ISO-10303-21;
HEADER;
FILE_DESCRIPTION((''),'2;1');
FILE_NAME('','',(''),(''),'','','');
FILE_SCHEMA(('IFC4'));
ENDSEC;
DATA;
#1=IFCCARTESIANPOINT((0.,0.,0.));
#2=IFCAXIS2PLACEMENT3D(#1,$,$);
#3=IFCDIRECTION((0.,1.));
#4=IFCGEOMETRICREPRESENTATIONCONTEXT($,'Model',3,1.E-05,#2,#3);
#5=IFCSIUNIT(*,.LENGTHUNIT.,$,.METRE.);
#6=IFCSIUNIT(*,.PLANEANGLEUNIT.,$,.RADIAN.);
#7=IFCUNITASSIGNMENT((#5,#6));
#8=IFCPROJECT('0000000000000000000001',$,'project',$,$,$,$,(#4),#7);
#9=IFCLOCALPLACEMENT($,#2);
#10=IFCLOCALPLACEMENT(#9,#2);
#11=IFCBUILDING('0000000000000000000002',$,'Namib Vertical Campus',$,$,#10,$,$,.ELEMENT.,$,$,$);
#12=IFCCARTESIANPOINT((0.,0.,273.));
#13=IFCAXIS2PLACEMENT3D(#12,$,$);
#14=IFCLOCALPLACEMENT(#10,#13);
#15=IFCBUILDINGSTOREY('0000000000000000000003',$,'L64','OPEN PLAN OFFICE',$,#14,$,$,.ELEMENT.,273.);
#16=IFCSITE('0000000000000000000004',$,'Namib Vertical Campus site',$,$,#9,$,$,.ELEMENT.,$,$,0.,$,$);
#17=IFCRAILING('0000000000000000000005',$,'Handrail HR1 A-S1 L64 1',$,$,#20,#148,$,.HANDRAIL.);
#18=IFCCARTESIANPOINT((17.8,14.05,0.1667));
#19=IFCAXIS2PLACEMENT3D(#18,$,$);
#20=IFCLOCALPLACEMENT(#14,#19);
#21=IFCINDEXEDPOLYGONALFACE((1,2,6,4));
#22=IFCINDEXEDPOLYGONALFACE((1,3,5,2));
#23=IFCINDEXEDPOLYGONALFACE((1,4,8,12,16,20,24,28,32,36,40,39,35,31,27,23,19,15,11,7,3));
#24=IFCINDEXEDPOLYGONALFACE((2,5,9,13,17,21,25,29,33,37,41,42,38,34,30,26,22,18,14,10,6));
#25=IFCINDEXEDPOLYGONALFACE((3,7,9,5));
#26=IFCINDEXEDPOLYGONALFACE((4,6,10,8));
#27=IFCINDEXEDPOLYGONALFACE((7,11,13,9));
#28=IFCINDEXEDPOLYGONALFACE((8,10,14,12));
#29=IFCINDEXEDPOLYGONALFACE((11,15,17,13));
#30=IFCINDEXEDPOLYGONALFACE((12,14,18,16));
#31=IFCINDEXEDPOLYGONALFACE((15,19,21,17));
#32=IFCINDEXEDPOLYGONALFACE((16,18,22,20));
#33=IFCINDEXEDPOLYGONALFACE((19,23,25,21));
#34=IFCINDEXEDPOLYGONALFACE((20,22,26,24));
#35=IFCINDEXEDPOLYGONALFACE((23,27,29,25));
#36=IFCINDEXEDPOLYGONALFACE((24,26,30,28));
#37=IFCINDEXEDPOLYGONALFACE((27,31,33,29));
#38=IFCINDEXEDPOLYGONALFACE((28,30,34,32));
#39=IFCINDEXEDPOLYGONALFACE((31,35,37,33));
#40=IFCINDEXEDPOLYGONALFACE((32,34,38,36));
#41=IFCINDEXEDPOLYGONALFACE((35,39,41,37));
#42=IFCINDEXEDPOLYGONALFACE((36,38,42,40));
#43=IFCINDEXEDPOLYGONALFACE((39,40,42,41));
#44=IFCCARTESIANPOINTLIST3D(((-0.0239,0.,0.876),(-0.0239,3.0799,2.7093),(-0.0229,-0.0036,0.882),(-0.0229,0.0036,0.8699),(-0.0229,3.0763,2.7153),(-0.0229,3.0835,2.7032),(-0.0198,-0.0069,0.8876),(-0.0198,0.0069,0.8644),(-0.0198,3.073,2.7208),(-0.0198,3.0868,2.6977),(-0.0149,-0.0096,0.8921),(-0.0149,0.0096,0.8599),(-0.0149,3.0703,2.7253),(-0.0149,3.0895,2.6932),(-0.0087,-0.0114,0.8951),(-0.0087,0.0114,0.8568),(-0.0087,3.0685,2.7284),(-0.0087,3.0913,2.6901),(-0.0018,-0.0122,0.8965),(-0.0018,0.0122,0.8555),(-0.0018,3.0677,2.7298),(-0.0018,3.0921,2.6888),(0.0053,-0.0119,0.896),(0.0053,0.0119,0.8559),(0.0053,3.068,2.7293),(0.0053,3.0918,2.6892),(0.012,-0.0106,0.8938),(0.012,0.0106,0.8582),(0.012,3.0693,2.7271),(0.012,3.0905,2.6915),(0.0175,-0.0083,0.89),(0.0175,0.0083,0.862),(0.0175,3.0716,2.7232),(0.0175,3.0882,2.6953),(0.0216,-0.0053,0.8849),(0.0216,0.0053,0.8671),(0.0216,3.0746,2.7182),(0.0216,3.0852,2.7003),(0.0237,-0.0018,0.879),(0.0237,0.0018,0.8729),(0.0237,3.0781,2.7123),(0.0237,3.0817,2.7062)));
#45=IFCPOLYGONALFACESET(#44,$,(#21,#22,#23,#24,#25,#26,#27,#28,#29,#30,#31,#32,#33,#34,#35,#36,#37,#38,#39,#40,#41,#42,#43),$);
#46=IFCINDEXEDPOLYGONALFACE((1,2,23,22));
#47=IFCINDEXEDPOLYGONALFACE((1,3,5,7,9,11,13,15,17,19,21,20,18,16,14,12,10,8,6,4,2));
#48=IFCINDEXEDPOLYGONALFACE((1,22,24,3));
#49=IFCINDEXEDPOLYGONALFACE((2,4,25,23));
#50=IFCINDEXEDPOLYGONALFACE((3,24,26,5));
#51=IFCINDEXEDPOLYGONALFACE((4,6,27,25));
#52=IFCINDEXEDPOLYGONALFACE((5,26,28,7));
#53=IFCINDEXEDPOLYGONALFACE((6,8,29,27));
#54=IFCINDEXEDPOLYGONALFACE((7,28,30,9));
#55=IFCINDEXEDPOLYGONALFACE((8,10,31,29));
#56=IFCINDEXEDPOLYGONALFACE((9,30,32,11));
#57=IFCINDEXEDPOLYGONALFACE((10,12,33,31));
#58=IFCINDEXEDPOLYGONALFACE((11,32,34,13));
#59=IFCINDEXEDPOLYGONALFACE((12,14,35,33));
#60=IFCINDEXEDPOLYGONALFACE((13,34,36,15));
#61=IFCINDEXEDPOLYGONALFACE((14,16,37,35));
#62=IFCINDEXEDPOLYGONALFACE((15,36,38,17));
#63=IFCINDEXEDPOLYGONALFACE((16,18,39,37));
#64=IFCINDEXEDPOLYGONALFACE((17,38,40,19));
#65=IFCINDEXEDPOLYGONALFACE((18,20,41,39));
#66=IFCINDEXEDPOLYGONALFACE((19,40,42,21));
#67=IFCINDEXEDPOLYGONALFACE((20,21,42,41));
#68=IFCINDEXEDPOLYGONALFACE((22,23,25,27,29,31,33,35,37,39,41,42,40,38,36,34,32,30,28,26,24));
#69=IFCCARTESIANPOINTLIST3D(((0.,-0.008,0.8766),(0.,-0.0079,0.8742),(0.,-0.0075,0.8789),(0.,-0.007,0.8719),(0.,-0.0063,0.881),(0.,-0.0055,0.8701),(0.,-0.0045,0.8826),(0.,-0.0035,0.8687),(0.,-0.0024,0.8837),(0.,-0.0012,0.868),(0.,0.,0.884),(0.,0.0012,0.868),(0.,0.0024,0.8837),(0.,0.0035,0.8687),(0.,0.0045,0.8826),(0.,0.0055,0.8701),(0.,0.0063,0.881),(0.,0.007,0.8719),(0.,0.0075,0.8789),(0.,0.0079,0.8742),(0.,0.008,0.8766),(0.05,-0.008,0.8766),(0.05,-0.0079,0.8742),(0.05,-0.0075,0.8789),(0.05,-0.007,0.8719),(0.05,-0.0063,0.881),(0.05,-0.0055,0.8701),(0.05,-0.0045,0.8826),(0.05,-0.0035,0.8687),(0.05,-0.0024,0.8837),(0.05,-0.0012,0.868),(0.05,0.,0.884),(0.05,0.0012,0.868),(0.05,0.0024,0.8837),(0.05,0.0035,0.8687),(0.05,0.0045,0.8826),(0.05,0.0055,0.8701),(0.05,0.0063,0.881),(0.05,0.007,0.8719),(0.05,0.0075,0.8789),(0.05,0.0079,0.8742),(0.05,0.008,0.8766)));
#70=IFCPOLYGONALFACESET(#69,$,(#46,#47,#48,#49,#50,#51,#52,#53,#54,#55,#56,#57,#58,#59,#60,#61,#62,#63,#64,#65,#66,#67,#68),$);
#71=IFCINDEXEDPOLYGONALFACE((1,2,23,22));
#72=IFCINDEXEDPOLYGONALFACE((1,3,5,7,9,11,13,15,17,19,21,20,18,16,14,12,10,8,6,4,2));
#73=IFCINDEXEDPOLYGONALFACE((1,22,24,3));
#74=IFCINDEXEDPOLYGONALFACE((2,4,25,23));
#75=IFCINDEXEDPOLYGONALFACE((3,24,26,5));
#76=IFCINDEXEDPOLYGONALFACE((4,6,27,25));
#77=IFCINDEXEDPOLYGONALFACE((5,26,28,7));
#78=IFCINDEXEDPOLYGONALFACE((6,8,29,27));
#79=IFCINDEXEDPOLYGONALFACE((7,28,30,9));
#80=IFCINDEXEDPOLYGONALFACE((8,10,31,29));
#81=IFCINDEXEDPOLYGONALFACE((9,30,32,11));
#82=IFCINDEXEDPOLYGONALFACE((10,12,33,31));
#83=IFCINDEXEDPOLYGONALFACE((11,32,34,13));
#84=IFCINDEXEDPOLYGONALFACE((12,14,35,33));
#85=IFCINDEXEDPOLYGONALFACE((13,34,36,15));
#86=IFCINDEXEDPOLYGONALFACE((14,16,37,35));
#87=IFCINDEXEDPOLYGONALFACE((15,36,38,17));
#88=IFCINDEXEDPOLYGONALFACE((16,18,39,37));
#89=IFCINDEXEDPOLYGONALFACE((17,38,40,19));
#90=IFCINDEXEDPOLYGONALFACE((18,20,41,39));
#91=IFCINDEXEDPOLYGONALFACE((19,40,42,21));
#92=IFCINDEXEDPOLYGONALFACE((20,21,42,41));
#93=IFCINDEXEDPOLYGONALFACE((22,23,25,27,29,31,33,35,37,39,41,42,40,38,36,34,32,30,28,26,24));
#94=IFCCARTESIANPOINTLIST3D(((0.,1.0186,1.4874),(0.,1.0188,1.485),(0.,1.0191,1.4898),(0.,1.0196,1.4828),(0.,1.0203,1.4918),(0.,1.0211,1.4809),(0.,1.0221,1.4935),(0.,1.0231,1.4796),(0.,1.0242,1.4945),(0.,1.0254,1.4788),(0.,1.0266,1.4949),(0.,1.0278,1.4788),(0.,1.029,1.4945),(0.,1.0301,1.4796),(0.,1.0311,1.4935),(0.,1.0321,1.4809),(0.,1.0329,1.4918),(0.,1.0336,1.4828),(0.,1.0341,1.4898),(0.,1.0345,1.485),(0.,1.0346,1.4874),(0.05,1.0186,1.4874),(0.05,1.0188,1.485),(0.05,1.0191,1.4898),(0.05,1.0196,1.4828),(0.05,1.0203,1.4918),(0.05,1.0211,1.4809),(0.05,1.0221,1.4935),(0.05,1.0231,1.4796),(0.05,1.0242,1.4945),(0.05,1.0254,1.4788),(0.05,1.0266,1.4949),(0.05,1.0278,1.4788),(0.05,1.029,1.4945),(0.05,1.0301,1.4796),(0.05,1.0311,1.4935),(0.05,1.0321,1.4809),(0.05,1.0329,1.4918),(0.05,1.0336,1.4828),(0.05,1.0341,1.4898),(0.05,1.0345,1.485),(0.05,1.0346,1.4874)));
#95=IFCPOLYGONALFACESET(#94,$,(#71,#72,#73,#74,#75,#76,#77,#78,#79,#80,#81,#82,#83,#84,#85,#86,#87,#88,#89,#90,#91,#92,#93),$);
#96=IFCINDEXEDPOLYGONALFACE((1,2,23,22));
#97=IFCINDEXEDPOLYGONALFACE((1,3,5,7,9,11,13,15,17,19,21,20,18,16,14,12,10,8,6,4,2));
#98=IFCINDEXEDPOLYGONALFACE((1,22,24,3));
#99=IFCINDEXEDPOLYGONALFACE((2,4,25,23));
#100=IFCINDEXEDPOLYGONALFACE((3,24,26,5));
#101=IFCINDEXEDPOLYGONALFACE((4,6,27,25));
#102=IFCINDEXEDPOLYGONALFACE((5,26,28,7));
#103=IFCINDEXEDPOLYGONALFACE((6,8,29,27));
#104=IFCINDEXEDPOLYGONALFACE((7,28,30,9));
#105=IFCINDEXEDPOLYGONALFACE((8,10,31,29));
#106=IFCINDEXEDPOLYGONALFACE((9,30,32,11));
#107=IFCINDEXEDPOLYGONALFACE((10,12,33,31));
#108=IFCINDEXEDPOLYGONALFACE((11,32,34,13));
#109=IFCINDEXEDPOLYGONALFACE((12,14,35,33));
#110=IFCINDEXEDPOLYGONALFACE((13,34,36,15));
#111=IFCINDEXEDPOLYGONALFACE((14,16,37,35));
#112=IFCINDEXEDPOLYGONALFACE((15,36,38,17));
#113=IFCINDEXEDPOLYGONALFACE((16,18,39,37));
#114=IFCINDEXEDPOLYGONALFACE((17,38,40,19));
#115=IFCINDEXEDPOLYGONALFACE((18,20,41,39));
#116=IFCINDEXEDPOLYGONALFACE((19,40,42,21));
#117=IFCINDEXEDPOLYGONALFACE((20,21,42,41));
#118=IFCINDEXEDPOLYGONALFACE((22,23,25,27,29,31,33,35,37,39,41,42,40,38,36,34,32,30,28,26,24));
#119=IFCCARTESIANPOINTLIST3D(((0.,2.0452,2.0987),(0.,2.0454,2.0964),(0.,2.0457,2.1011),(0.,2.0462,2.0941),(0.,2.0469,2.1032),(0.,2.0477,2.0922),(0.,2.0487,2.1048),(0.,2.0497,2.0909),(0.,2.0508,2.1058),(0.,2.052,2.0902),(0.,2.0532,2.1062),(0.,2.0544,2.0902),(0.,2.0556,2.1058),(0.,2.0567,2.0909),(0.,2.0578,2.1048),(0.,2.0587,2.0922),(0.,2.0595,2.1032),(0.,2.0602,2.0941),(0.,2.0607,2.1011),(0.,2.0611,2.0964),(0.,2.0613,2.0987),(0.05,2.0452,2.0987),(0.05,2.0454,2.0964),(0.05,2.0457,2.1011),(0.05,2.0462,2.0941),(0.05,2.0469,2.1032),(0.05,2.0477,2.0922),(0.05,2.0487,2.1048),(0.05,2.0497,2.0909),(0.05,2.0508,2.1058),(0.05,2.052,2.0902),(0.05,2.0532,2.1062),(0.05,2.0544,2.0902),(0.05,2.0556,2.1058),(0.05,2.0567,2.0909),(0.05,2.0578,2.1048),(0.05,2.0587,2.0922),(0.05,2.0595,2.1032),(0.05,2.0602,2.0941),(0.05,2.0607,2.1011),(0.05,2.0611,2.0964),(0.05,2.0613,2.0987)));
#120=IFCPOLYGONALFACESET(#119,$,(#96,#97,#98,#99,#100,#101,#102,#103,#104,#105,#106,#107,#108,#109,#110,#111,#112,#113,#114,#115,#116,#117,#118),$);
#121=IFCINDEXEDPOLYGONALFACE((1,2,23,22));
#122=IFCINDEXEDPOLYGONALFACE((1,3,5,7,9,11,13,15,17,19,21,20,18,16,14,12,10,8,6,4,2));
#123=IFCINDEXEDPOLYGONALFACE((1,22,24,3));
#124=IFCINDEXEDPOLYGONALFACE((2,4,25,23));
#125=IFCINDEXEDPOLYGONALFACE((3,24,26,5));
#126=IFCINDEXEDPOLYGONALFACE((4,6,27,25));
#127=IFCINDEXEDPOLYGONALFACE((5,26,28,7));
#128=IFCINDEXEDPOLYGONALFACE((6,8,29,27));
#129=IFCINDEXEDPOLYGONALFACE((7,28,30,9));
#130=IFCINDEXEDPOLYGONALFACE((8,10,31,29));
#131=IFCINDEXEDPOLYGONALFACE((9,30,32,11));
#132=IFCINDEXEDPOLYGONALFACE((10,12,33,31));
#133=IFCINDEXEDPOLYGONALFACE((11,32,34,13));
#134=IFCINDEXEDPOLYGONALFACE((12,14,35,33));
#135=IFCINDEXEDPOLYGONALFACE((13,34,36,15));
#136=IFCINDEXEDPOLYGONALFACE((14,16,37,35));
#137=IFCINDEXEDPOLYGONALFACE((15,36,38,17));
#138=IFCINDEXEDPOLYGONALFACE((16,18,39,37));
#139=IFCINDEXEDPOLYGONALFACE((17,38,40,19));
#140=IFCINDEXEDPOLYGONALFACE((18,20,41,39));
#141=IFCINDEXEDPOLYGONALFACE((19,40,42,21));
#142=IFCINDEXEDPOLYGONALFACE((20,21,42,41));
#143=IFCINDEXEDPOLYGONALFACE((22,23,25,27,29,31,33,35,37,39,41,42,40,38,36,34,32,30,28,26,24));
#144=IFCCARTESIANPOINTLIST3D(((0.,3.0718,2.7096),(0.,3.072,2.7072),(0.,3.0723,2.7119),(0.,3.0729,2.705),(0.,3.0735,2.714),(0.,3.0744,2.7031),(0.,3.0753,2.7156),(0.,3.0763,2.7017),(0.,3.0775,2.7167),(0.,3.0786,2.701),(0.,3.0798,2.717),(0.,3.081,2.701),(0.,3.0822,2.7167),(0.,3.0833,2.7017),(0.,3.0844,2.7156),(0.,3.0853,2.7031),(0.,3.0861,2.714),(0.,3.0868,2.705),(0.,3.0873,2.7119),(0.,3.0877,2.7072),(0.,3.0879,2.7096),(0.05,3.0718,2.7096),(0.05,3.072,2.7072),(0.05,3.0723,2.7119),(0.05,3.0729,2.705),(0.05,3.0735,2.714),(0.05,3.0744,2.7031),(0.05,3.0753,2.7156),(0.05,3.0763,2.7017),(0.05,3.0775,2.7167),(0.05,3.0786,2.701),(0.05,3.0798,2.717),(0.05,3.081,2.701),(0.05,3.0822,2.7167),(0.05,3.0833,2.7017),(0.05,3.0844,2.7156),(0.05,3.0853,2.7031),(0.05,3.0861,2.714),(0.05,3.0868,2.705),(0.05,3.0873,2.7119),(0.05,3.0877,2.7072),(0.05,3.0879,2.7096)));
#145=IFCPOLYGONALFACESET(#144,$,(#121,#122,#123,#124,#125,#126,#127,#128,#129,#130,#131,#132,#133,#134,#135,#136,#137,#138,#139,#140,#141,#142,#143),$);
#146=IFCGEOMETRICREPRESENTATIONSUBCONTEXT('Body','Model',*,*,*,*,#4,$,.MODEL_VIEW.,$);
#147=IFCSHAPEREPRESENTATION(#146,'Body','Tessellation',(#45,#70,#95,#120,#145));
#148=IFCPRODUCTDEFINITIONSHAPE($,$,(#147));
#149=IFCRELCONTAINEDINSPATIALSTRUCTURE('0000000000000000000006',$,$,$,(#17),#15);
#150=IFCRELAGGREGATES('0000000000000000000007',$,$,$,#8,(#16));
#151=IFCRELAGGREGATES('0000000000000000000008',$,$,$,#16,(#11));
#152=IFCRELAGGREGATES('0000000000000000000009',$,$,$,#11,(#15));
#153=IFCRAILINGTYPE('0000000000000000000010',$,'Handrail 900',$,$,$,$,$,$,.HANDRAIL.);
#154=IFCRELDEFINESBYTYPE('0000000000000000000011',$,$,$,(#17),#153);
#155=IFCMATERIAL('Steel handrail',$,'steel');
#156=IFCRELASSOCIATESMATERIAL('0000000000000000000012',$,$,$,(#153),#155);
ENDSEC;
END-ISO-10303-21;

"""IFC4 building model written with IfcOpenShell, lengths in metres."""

from ifc_helpers import new_model, si_unit, direction, frame, origin, origin_2d, place, context, subcontext, project, spatial, circle, extrude, material, type_object, element, save


model = new_model("IFC4")

# Units and contexts
model_context = context("Model", 3, precision=1e-05, world=origin(), true_north=direction((0.0, 1.0)))
body_context = subcontext(model_context, "Body", "Model", "MODEL_VIEW")
ifc_project = project(units=[si_unit("LENGTHUNIT", "METRE"), si_unit("PLANEANGLEUNIT", "RADIAN")], contexts=[model_context])

# Site, building, storey
site_placement = place(None, origin())
site = spatial("IfcSite", under=ifc_project, at=site_placement, Name="Namib Vertical Campus site", CompositionType="ELEMENT", RefElevation=0.0)
building_placement = place(site_placement, origin())
building = spatial("IfcBuilding", under=site, at=building_placement, Name="Namib Vertical Campus", CompositionType="ELEMENT")
storey_placement = place(building_placement, frame((0.0, 0.0, 273.0)))
storey = spatial("IfcBuildingStorey", under=building, at=storey_placement, Name="L64", Description="OPEN PLAN OFFICE", CompositionType="ELEMENT", Elevation=273.0)

# Railing
ifc_material_1 = material(Name="Steel handrail", Category="steel")
railing_type_1 = type_object("IfcRailingType", Name="Handrail 900", PredefinedType="HANDRAIL", material=ifc_material_1)
railing_1_placement = place(storey_placement, frame((17.8, 14.05, 0.1667)))
element("IfcRailing", 1, at=railing_1_placement, inside=storey, type_object=railing_type_1, Name="Handrail HR1 A-S1 L64 1", PredefinedType="HANDRAIL", context=body_context, shape_type="SweptSolid", body=[
    extrude(circle(Radius=0.0239, at=origin_2d()), frame((0.0, 0.0, 0.876), z_axis=(0.0, 0.859291, 0.511487), x_axis=(-1.0, 0.0, 0.0)), (0.0, 0.0, 1.0), 3.5842),
    extrude(circle(Radius=0.0081, at=origin_2d()), frame((0.0, 0.0, 0.876), z_axis=(1.0, 0.0, 0.0), x_axis=(0.0, 0.0, 1.0)), (0.0, 0.0, 1.0), 0.05),
    extrude(circle(Radius=0.0081, at=origin_2d()), frame((0.0, 1.0266, 1.4868), z_axis=(1.0, 0.0, 0.0), x_axis=(0.0, 0.0, 1.0)), (0.0, 0.0, 1.0), 0.05),
    extrude(circle(Radius=0.0081, at=origin_2d()), frame((0.0, 2.0532, 2.0981), z_axis=(1.0, 0.0, 0.0), x_axis=(0.0, 0.0, 1.0)), (0.0, 0.0, 1.0), 0.05),
    extrude(circle(Radius=0.0081, at=origin_2d()), frame((0.0, 3.0798, 2.709), z_axis=(1.0, 0.0, 0.0), x_axis=(0.0, 0.0, 1.0)), (0.0, 0.0, 1.0), 0.05),
])

save(model, "model.ifc")
